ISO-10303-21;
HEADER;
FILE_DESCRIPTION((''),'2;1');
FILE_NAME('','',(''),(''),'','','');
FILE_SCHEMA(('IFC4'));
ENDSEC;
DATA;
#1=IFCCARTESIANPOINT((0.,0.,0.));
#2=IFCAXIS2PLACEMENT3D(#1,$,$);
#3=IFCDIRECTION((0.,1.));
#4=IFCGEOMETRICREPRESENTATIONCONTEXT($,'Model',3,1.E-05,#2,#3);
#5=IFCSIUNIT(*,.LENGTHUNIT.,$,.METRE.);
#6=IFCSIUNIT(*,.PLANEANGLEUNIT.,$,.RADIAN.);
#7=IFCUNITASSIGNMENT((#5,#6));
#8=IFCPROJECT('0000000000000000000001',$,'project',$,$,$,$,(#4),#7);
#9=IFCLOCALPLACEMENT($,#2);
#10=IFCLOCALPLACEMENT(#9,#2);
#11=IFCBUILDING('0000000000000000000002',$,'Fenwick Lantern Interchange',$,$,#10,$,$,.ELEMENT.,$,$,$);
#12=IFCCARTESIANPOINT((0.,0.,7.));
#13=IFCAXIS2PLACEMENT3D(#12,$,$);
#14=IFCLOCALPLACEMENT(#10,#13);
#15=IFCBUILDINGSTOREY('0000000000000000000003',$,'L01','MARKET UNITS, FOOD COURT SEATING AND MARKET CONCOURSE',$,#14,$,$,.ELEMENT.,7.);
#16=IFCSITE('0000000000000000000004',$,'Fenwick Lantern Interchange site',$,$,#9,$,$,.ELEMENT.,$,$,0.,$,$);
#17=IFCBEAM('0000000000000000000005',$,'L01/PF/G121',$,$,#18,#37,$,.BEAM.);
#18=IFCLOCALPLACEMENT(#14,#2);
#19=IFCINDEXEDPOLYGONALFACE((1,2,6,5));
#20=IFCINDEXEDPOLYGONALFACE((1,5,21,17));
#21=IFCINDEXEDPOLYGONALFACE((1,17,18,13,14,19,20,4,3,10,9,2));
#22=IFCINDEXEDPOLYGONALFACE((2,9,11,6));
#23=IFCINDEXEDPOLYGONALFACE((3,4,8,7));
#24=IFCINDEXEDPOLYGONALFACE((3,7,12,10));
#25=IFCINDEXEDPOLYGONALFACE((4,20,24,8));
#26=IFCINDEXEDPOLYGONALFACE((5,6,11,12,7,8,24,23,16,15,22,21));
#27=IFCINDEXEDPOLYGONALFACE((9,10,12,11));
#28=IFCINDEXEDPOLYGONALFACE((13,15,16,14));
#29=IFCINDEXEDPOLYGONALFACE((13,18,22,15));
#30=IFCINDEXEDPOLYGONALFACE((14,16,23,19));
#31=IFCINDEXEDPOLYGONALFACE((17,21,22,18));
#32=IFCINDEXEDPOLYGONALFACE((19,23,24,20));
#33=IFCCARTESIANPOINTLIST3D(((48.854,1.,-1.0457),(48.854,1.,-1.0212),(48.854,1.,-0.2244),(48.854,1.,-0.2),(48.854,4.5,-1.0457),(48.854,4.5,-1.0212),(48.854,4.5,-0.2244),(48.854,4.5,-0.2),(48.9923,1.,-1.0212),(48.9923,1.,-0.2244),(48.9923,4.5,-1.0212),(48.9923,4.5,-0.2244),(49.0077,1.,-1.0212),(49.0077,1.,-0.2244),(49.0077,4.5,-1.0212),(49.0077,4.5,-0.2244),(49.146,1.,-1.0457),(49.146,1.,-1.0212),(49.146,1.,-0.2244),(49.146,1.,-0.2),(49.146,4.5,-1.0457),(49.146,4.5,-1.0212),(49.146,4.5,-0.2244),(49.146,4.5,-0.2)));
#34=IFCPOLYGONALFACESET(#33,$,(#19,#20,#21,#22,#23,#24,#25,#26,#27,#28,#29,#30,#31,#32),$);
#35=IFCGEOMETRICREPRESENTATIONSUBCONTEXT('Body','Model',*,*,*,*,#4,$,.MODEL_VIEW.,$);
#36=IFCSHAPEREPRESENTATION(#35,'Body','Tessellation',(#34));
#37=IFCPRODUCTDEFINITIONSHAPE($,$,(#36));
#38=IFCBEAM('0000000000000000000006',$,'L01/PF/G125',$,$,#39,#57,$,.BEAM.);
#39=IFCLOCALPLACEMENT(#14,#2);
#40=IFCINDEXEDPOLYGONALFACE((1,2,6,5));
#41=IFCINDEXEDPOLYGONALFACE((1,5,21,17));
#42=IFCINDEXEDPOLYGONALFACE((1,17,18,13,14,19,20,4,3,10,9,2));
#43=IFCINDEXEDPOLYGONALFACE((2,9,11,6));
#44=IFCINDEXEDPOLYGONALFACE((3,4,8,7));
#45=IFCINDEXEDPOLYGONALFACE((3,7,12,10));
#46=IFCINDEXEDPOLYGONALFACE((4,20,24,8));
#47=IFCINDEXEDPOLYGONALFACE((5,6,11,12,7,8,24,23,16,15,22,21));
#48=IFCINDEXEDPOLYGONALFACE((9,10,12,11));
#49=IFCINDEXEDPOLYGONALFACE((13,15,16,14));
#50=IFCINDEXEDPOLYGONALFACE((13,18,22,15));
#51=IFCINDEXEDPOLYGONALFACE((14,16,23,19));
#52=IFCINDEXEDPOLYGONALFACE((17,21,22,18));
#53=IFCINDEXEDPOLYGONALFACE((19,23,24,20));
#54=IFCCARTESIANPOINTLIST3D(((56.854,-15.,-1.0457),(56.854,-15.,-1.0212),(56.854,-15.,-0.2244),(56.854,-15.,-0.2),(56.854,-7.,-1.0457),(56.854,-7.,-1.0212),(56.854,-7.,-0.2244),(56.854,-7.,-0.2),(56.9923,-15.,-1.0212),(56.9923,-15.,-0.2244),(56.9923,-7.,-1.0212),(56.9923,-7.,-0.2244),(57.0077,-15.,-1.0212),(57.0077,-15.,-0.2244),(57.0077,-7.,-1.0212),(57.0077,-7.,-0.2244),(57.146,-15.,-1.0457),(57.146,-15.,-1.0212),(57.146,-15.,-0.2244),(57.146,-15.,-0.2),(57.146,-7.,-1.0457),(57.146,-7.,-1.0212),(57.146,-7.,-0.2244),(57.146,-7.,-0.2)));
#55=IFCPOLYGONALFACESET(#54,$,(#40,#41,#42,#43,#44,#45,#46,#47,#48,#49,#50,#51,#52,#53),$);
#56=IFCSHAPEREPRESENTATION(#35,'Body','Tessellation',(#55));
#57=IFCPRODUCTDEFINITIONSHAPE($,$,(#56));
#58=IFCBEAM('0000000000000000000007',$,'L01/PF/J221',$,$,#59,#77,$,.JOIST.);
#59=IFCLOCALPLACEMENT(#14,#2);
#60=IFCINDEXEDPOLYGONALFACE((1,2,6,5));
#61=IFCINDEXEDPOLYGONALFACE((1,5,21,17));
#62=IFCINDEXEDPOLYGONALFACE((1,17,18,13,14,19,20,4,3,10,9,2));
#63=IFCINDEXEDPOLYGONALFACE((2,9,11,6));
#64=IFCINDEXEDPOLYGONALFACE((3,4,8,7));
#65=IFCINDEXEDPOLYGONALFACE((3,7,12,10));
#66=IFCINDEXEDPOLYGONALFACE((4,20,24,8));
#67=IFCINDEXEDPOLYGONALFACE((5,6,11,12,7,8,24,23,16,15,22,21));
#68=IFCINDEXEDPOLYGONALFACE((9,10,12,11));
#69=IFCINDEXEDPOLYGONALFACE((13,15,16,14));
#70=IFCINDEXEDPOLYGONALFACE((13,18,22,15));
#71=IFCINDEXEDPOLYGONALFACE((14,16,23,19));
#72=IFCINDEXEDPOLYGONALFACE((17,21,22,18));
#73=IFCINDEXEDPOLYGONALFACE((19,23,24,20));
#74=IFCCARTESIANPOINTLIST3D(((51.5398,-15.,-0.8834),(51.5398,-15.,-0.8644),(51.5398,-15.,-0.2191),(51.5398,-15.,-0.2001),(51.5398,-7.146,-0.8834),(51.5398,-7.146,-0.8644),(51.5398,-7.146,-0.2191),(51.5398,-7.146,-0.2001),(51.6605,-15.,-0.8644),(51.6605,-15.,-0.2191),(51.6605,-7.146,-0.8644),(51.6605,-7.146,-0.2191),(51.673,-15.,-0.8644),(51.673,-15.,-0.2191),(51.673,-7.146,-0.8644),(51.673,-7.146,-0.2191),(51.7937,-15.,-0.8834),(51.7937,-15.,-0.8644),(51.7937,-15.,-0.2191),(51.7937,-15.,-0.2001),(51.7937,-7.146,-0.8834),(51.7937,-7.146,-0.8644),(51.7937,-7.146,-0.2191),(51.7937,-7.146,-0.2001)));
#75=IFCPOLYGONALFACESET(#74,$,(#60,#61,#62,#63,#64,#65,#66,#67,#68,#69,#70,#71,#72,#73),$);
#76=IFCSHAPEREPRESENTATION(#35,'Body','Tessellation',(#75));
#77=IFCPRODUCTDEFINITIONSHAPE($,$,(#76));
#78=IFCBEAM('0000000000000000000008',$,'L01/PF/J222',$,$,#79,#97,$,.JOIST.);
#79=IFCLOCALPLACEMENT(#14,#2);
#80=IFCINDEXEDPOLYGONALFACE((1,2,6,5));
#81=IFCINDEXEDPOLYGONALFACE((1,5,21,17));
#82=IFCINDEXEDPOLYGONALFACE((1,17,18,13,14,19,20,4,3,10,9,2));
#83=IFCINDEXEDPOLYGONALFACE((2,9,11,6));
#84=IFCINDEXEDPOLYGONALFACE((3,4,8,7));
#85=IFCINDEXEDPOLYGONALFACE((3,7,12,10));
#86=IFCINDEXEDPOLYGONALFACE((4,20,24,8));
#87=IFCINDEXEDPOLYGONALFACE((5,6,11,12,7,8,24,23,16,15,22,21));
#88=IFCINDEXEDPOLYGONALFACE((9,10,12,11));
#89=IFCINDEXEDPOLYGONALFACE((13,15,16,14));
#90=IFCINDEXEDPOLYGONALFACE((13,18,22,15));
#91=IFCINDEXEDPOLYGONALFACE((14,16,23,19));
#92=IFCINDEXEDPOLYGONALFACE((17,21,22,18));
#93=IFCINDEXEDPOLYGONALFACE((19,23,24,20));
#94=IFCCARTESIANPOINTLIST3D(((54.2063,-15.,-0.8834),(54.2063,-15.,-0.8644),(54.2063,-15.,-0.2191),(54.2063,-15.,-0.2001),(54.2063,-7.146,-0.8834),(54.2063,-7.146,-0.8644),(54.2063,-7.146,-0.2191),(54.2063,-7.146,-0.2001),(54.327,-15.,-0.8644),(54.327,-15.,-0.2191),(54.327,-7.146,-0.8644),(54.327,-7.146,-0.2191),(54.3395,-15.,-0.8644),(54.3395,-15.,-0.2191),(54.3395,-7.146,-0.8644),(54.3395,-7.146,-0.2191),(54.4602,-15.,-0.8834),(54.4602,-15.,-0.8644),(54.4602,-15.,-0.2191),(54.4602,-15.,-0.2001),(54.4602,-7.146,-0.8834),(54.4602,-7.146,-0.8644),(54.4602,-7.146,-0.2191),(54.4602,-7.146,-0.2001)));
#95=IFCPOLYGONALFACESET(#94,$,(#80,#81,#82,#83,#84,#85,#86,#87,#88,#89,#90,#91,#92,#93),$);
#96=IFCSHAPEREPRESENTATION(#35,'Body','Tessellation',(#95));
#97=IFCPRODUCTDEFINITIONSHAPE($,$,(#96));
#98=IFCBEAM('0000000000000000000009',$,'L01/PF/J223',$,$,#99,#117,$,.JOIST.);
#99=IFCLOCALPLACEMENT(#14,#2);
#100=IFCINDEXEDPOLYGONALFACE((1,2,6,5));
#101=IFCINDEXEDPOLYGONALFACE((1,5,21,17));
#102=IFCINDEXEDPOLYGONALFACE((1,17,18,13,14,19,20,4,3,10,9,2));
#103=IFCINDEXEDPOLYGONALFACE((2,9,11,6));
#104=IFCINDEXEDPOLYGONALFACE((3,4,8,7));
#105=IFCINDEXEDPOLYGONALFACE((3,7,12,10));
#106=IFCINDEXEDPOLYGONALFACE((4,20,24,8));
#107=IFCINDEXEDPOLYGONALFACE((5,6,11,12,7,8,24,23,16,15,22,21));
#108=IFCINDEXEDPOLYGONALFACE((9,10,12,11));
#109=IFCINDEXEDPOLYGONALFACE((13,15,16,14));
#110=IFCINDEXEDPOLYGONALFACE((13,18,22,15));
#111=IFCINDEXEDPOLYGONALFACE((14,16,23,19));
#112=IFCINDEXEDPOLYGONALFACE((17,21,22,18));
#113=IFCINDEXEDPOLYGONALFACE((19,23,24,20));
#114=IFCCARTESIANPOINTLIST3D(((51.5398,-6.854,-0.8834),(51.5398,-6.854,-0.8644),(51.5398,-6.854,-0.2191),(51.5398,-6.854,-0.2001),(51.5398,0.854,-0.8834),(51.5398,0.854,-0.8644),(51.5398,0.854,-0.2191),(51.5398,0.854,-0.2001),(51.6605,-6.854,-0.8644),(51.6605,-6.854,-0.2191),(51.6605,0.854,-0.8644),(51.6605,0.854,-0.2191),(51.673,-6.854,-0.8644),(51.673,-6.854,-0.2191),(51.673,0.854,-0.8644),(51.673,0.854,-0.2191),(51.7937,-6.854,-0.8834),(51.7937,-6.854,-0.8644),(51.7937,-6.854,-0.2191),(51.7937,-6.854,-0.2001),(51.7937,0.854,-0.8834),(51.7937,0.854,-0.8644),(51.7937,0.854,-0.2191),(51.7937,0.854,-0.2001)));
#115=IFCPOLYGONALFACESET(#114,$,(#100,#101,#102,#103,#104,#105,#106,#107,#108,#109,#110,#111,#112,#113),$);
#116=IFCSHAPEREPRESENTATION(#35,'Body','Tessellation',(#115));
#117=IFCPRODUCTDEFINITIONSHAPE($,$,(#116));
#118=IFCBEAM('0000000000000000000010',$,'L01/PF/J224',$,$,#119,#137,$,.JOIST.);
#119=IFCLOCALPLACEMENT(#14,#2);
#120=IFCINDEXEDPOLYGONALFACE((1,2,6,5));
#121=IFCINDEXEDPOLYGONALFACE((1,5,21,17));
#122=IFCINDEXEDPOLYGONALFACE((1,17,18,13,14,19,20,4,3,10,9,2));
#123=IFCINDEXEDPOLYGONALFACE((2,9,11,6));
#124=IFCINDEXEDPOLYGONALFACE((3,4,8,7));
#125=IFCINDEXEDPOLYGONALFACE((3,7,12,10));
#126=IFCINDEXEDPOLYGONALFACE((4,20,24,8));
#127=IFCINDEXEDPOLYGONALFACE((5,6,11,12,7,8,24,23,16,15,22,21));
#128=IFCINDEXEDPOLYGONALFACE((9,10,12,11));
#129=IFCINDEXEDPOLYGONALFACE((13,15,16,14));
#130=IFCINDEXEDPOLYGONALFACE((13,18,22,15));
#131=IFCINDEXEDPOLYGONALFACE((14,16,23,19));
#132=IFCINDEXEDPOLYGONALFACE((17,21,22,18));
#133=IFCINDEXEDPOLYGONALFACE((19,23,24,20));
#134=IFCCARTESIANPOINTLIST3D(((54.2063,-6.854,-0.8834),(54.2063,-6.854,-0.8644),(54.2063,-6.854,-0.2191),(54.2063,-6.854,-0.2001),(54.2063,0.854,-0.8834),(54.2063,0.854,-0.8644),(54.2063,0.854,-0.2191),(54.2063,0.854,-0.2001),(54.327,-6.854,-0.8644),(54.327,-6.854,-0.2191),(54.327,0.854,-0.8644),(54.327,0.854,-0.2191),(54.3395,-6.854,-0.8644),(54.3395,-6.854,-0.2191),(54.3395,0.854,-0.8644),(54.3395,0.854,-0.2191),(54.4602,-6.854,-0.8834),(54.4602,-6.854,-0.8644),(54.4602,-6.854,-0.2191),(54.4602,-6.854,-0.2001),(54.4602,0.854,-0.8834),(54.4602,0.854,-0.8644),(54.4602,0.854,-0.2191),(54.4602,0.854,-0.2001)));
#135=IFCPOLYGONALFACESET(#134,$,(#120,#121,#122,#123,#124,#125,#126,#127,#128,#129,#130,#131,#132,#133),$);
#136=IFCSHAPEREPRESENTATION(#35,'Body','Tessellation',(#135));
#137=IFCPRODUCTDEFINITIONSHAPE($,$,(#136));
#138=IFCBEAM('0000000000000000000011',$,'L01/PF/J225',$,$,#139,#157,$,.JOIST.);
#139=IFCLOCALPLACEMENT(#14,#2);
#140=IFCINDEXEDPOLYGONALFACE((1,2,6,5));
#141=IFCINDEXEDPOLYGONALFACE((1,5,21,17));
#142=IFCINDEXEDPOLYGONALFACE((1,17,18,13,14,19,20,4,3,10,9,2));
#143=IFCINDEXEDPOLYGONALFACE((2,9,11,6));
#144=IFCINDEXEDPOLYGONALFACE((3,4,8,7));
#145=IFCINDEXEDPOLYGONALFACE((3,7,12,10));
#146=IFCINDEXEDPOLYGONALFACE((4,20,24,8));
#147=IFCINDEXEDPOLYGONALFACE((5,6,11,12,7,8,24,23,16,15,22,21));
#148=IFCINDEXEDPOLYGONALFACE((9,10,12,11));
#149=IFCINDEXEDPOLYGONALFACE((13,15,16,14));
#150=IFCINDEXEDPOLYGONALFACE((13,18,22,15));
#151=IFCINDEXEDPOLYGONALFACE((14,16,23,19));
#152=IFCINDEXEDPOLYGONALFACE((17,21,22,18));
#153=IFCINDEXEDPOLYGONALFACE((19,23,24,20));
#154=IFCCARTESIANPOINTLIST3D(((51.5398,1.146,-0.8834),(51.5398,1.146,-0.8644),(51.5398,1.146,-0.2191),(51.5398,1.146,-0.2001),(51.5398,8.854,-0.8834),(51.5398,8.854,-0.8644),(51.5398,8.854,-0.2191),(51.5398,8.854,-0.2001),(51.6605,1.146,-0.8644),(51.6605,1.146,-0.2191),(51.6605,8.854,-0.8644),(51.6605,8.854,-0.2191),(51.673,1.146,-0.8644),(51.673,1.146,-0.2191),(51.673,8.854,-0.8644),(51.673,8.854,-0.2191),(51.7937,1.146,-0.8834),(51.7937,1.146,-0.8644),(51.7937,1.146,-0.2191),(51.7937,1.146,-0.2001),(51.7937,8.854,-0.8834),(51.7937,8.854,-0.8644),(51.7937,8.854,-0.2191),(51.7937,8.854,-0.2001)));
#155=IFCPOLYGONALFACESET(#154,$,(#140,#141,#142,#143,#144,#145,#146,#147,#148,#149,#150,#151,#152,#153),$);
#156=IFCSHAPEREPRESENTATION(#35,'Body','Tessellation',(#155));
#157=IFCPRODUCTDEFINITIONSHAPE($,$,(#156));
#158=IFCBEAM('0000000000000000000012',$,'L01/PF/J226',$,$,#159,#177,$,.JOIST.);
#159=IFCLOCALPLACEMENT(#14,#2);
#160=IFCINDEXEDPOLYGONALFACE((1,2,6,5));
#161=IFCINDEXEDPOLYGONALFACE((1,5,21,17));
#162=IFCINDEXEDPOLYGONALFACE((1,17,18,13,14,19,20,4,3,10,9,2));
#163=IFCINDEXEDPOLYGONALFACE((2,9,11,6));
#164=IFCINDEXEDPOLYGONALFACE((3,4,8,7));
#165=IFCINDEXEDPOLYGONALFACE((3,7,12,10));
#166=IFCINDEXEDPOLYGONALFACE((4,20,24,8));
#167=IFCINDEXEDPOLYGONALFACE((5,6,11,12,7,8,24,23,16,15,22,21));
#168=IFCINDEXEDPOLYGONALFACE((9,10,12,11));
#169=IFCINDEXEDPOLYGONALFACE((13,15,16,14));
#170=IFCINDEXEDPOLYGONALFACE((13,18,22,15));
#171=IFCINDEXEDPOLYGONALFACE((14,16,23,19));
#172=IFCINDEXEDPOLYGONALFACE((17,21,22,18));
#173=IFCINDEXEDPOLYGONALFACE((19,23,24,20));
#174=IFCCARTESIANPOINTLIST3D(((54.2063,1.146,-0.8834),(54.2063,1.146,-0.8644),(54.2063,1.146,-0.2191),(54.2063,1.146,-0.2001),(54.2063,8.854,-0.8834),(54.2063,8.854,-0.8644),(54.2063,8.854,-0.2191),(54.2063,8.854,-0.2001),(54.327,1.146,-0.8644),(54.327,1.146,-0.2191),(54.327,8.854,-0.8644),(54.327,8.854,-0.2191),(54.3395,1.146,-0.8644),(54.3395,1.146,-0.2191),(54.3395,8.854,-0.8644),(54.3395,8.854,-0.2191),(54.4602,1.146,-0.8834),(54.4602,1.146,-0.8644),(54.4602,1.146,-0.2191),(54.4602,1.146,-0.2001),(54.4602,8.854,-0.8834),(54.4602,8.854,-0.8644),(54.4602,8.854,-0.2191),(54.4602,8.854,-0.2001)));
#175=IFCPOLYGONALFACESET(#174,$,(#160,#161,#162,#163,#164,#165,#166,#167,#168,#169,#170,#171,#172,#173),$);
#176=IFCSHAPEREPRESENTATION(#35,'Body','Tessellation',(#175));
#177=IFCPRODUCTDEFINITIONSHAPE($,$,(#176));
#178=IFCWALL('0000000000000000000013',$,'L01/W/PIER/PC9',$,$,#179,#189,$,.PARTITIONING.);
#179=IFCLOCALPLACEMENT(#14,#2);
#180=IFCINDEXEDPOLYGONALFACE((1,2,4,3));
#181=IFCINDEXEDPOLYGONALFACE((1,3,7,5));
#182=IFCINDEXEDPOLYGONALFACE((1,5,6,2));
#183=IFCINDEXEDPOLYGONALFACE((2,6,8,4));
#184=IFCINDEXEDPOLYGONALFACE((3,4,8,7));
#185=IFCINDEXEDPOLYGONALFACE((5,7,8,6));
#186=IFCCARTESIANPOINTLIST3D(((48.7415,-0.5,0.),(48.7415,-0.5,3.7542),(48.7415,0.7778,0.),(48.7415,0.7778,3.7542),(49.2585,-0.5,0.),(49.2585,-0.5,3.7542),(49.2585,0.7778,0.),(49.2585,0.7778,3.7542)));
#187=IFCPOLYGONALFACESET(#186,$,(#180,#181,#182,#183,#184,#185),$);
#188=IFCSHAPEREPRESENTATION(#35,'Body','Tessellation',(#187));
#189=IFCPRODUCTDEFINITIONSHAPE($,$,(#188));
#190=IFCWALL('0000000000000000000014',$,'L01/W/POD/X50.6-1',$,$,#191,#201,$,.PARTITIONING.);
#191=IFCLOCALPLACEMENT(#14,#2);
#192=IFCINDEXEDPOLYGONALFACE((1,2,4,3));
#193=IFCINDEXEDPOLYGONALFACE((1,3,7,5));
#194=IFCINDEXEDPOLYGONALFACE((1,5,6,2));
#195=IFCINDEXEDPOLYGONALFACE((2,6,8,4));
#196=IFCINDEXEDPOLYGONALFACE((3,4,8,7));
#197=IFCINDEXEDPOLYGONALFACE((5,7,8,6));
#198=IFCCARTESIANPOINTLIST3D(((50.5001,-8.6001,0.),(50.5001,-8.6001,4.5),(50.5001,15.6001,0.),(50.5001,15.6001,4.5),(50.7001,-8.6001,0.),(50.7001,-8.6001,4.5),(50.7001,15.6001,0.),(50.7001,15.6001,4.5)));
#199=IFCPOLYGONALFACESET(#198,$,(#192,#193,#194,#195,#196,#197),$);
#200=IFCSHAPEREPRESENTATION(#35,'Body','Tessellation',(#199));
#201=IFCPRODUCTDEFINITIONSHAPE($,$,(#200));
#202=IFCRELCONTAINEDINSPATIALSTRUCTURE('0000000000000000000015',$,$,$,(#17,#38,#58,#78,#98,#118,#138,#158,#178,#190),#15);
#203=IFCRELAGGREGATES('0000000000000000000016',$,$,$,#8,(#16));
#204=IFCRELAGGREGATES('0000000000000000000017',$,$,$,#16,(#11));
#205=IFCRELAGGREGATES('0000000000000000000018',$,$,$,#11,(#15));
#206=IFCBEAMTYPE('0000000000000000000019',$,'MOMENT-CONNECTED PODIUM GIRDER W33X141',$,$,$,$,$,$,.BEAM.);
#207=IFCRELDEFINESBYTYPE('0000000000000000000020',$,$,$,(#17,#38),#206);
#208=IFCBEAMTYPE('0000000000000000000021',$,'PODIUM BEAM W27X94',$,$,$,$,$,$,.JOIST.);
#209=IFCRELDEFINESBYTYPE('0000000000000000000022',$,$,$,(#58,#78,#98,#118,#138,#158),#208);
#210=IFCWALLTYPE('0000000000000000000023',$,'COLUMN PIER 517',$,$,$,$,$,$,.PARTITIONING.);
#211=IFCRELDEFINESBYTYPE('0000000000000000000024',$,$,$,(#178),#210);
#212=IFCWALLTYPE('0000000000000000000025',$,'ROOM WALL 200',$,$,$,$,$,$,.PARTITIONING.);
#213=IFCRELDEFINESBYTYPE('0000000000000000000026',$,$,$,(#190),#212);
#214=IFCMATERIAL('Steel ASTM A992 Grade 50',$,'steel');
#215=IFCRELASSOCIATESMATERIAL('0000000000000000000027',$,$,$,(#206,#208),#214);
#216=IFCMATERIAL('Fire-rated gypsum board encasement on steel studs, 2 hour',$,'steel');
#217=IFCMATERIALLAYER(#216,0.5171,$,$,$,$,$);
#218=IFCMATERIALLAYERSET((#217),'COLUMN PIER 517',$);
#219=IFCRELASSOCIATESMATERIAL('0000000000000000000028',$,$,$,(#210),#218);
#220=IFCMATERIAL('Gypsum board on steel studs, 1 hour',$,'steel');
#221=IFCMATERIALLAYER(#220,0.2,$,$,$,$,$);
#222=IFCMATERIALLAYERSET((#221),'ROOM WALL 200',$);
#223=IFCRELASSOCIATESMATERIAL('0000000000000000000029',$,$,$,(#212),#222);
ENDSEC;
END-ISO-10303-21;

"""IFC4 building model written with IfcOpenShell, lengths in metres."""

from ifc_helpers import new_model, si_unit, direction, frame, frame_2d, origin, origin_2d, place, context, subcontext, project, spatial, rectangle, i_section, extrude, material, layer, layer_set, material_profile, profile_set, type_object, element, save


model = new_model("IFC4")

# Units and contexts
model_context = context("Model", 3, precision=1e-05, world=origin(), true_north=direction((0.0, 1.0)))
body_context = subcontext(model_context, "Body", "Model", "MODEL_VIEW")
ifc_project = project(units=[si_unit("LENGTHUNIT", "METRE"), si_unit("PLANEANGLEUNIT", "RADIAN")], contexts=[model_context])

# Site, building, storey
site_placement = place(None, origin())
site = spatial("IfcSite", under=ifc_project, at=site_placement, Name="Fenwick Lantern Interchange site", CompositionType="ELEMENT", RefElevation=0.0)
building_placement = place(site_placement, origin())
building = spatial("IfcBuilding", under=site, at=building_placement, Name="Fenwick Lantern Interchange", CompositionType="ELEMENT")
storey_placement = place(building_placement, frame((0.0, 0.0, 7.0)))
storey = spatial("IfcBuildingStorey", under=building, at=storey_placement, Name="L01", Description="MARKET UNITS, FOOD COURT SEATING AND MARKET CONCOURSE", CompositionType="ELEMENT", Elevation=7.0)

# Shared definitions
ifc_material_1 = material(Name="Steel ASTM A992 Grade 50", Category="steel")

# Beams
ifc_material_profile_1 = material_profile(ifc_material_1, i_section(OverallWidth=0.292, OverallDepth=0.8457, WebThickness=0.0154, FlangeThickness=0.0244, at=origin_2d()), Name="W33X141")
ifc_profile_set_1 = profile_set([ifc_material_profile_1], Name="Steel ASTM A992 Grade 50")
beam_type_1 = type_object("IfcBeamType", Name="MOMENT-CONNECTED PODIUM GIRDER W33X141", PredefinedType="BEAM", material=ifc_profile_set_1)
beam_1_placement = place(storey_placement, frame((49.0, 1.0, -0.6228), z_axis=(0.0, 1.0, 0.0), x_axis=(-1.0, 0.0, 0.0)))
element("IfcBeam", 1, at=beam_1_placement, inside=storey, type_object=beam_type_1, Name="L01/PF/G121", PredefinedType="BEAM", context=body_context, shape_type="SweptSolid", body=[
    extrude(i_section(OverallWidth=0.292, OverallDepth=0.8457, WebThickness=0.0154, FlangeThickness=0.0244, at=origin_2d()), origin(), (0.0, 0.0, 1.0), 3.5),
])
beam_2_placement = place(storey_placement, frame((57.0, -15.0, -0.6228), z_axis=(0.0, 1.0, 0.0), x_axis=(-1.0, 0.0, 0.0)))
element("IfcBeam", 2, at=beam_2_placement, inside=storey, type_object=beam_type_1, Name="L01/PF/G125", PredefinedType="BEAM", context=body_context, shape_type="SweptSolid", body=[
    extrude(i_section(OverallWidth=0.292, OverallDepth=0.8457, WebThickness=0.0154, FlangeThickness=0.0244, at=origin_2d()), origin(), (0.0, 0.0, 1.0), 8.0),
])
ifc_material_profile_2 = material_profile(ifc_material_1, i_section(OverallWidth=0.2539, OverallDepth=0.6833, WebThickness=0.0125, FlangeThickness=0.019, at=origin_2d()), Name="W27X94")
ifc_profile_set_2 = profile_set([ifc_material_profile_2], Name="Steel ASTM A992 Grade 50")
beam_type_2 = type_object("IfcBeamType", Name="PODIUM BEAM W27X94", PredefinedType="JOIST", material=ifc_profile_set_2)
for number, where, z_axis, x_axis, name in (
    (3, (51.6667, -15.0, -0.5417), (0.0, 1.0, 0.0), (-1.0, 0.0, 0.0), "L01/PF/J221"),
    (4, (54.3333, -15.0, -0.5417), (0.0, 1.0, 0.0), (-1.0, 0.0, 0.0), "L01/PF/J222"),
):
    element("IfcBeam", number, at=place(storey_placement, frame(where, z_axis=z_axis, x_axis=x_axis)), inside=storey, type_object=beam_type_2, Name=name, PredefinedType="JOIST", context=body_context, shape_type="SweptSolid", body=[
        extrude(i_section(OverallWidth=0.2539, OverallDepth=0.6833, WebThickness=0.0125, FlangeThickness=0.019, at=origin_2d()), origin(), (0.0, 0.0, 1.0), 7.854),
    ])
for number, where, z_axis, x_axis, name in (
    (5, (51.6667, -6.854, -0.5417), (0.0, 1.0, 0.0), (-1.0, 0.0, 0.0), "L01/PF/J223"),
    (6, (54.3333, -6.854, -0.5417), (0.0, 1.0, 0.0), (-1.0, 0.0, 0.0), "L01/PF/J224"),
    (7, (51.6667, 1.146, -0.5417), (0.0, 1.0, 0.0), (-1.0, 0.0, 0.0), "L01/PF/J225"),
    (8, (54.3333, 1.146, -0.5417), (0.0, 1.0, 0.0), (-1.0, 0.0, 0.0), "L01/PF/J226"),
):
    element("IfcBeam", number, at=place(storey_placement, frame(where, z_axis=z_axis, x_axis=x_axis)), inside=storey, type_object=beam_type_2, Name=name, PredefinedType="JOIST", context=body_context, shape_type="SweptSolid", body=[
        extrude(i_section(OverallWidth=0.2539, OverallDepth=0.6833, WebThickness=0.0125, FlangeThickness=0.019, at=origin_2d()), origin(), (0.0, 0.0, 1.0), 7.708),
    ])

# Walls
ifc_material_2 = material(Name="Fire-rated gypsum board encasement on steel studs, 2 hour", Category="steel")
ifc_layer_1 = layer(ifc_material_2, 0.5171)
ifc_layer_set_1 = layer_set([ifc_layer_1], Name="COLUMN PIER 517")
wall_type_1 = type_object("IfcWallType", Name="COLUMN PIER 517", PredefinedType="PARTITIONING", material=ifc_layer_set_1)
wall_1_placement = place(storey_placement, frame((49.0, -0.5, 0.0), z_axis=(0.0, 0.0, 1.0), x_axis=(0.0, 1.0, 0.0)))
element("IfcWall", 9, at=wall_1_placement, inside=storey, type_object=wall_type_1, Name="L01/W/PIER/PC9", PredefinedType="PARTITIONING", context=body_context, shape_type="SweptSolid", body=[
    extrude(rectangle(XDim=1.2778, YDim=0.5171, at=frame_2d((0.6389, 0.0))), origin(), (0.0, 0.0, 1.0), 3.7542),
])
ifc_material_3 = material(Name="Gypsum board on steel studs, 1 hour", Category="steel")
ifc_layer_2 = layer(ifc_material_3, 0.2)
ifc_layer_set_2 = layer_set([ifc_layer_2], Name="ROOM WALL 200")
wall_type_2 = type_object("IfcWallType", Name="ROOM WALL 200", PredefinedType="PARTITIONING", material=ifc_layer_set_2)
wall_2_placement = place(storey_placement, frame((50.6001, -8.6001, 0.0), z_axis=(0.0, 0.0, 1.0), x_axis=(0.0, 1.0, 0.0)))
element("IfcWall", 10, at=wall_2_placement, inside=storey, type_object=wall_type_2, Name="L01/W/POD/X50.6-1", PredefinedType="PARTITIONING", context=body_context, shape_type="SweptSolid", body=[
    extrude(rectangle(XDim=24.2002, YDim=0.2, at=frame_2d((12.1001, 0.0))), origin(), (0.0, 0.0, 1.0), 4.5),
])

save(model, "model.ifc")
